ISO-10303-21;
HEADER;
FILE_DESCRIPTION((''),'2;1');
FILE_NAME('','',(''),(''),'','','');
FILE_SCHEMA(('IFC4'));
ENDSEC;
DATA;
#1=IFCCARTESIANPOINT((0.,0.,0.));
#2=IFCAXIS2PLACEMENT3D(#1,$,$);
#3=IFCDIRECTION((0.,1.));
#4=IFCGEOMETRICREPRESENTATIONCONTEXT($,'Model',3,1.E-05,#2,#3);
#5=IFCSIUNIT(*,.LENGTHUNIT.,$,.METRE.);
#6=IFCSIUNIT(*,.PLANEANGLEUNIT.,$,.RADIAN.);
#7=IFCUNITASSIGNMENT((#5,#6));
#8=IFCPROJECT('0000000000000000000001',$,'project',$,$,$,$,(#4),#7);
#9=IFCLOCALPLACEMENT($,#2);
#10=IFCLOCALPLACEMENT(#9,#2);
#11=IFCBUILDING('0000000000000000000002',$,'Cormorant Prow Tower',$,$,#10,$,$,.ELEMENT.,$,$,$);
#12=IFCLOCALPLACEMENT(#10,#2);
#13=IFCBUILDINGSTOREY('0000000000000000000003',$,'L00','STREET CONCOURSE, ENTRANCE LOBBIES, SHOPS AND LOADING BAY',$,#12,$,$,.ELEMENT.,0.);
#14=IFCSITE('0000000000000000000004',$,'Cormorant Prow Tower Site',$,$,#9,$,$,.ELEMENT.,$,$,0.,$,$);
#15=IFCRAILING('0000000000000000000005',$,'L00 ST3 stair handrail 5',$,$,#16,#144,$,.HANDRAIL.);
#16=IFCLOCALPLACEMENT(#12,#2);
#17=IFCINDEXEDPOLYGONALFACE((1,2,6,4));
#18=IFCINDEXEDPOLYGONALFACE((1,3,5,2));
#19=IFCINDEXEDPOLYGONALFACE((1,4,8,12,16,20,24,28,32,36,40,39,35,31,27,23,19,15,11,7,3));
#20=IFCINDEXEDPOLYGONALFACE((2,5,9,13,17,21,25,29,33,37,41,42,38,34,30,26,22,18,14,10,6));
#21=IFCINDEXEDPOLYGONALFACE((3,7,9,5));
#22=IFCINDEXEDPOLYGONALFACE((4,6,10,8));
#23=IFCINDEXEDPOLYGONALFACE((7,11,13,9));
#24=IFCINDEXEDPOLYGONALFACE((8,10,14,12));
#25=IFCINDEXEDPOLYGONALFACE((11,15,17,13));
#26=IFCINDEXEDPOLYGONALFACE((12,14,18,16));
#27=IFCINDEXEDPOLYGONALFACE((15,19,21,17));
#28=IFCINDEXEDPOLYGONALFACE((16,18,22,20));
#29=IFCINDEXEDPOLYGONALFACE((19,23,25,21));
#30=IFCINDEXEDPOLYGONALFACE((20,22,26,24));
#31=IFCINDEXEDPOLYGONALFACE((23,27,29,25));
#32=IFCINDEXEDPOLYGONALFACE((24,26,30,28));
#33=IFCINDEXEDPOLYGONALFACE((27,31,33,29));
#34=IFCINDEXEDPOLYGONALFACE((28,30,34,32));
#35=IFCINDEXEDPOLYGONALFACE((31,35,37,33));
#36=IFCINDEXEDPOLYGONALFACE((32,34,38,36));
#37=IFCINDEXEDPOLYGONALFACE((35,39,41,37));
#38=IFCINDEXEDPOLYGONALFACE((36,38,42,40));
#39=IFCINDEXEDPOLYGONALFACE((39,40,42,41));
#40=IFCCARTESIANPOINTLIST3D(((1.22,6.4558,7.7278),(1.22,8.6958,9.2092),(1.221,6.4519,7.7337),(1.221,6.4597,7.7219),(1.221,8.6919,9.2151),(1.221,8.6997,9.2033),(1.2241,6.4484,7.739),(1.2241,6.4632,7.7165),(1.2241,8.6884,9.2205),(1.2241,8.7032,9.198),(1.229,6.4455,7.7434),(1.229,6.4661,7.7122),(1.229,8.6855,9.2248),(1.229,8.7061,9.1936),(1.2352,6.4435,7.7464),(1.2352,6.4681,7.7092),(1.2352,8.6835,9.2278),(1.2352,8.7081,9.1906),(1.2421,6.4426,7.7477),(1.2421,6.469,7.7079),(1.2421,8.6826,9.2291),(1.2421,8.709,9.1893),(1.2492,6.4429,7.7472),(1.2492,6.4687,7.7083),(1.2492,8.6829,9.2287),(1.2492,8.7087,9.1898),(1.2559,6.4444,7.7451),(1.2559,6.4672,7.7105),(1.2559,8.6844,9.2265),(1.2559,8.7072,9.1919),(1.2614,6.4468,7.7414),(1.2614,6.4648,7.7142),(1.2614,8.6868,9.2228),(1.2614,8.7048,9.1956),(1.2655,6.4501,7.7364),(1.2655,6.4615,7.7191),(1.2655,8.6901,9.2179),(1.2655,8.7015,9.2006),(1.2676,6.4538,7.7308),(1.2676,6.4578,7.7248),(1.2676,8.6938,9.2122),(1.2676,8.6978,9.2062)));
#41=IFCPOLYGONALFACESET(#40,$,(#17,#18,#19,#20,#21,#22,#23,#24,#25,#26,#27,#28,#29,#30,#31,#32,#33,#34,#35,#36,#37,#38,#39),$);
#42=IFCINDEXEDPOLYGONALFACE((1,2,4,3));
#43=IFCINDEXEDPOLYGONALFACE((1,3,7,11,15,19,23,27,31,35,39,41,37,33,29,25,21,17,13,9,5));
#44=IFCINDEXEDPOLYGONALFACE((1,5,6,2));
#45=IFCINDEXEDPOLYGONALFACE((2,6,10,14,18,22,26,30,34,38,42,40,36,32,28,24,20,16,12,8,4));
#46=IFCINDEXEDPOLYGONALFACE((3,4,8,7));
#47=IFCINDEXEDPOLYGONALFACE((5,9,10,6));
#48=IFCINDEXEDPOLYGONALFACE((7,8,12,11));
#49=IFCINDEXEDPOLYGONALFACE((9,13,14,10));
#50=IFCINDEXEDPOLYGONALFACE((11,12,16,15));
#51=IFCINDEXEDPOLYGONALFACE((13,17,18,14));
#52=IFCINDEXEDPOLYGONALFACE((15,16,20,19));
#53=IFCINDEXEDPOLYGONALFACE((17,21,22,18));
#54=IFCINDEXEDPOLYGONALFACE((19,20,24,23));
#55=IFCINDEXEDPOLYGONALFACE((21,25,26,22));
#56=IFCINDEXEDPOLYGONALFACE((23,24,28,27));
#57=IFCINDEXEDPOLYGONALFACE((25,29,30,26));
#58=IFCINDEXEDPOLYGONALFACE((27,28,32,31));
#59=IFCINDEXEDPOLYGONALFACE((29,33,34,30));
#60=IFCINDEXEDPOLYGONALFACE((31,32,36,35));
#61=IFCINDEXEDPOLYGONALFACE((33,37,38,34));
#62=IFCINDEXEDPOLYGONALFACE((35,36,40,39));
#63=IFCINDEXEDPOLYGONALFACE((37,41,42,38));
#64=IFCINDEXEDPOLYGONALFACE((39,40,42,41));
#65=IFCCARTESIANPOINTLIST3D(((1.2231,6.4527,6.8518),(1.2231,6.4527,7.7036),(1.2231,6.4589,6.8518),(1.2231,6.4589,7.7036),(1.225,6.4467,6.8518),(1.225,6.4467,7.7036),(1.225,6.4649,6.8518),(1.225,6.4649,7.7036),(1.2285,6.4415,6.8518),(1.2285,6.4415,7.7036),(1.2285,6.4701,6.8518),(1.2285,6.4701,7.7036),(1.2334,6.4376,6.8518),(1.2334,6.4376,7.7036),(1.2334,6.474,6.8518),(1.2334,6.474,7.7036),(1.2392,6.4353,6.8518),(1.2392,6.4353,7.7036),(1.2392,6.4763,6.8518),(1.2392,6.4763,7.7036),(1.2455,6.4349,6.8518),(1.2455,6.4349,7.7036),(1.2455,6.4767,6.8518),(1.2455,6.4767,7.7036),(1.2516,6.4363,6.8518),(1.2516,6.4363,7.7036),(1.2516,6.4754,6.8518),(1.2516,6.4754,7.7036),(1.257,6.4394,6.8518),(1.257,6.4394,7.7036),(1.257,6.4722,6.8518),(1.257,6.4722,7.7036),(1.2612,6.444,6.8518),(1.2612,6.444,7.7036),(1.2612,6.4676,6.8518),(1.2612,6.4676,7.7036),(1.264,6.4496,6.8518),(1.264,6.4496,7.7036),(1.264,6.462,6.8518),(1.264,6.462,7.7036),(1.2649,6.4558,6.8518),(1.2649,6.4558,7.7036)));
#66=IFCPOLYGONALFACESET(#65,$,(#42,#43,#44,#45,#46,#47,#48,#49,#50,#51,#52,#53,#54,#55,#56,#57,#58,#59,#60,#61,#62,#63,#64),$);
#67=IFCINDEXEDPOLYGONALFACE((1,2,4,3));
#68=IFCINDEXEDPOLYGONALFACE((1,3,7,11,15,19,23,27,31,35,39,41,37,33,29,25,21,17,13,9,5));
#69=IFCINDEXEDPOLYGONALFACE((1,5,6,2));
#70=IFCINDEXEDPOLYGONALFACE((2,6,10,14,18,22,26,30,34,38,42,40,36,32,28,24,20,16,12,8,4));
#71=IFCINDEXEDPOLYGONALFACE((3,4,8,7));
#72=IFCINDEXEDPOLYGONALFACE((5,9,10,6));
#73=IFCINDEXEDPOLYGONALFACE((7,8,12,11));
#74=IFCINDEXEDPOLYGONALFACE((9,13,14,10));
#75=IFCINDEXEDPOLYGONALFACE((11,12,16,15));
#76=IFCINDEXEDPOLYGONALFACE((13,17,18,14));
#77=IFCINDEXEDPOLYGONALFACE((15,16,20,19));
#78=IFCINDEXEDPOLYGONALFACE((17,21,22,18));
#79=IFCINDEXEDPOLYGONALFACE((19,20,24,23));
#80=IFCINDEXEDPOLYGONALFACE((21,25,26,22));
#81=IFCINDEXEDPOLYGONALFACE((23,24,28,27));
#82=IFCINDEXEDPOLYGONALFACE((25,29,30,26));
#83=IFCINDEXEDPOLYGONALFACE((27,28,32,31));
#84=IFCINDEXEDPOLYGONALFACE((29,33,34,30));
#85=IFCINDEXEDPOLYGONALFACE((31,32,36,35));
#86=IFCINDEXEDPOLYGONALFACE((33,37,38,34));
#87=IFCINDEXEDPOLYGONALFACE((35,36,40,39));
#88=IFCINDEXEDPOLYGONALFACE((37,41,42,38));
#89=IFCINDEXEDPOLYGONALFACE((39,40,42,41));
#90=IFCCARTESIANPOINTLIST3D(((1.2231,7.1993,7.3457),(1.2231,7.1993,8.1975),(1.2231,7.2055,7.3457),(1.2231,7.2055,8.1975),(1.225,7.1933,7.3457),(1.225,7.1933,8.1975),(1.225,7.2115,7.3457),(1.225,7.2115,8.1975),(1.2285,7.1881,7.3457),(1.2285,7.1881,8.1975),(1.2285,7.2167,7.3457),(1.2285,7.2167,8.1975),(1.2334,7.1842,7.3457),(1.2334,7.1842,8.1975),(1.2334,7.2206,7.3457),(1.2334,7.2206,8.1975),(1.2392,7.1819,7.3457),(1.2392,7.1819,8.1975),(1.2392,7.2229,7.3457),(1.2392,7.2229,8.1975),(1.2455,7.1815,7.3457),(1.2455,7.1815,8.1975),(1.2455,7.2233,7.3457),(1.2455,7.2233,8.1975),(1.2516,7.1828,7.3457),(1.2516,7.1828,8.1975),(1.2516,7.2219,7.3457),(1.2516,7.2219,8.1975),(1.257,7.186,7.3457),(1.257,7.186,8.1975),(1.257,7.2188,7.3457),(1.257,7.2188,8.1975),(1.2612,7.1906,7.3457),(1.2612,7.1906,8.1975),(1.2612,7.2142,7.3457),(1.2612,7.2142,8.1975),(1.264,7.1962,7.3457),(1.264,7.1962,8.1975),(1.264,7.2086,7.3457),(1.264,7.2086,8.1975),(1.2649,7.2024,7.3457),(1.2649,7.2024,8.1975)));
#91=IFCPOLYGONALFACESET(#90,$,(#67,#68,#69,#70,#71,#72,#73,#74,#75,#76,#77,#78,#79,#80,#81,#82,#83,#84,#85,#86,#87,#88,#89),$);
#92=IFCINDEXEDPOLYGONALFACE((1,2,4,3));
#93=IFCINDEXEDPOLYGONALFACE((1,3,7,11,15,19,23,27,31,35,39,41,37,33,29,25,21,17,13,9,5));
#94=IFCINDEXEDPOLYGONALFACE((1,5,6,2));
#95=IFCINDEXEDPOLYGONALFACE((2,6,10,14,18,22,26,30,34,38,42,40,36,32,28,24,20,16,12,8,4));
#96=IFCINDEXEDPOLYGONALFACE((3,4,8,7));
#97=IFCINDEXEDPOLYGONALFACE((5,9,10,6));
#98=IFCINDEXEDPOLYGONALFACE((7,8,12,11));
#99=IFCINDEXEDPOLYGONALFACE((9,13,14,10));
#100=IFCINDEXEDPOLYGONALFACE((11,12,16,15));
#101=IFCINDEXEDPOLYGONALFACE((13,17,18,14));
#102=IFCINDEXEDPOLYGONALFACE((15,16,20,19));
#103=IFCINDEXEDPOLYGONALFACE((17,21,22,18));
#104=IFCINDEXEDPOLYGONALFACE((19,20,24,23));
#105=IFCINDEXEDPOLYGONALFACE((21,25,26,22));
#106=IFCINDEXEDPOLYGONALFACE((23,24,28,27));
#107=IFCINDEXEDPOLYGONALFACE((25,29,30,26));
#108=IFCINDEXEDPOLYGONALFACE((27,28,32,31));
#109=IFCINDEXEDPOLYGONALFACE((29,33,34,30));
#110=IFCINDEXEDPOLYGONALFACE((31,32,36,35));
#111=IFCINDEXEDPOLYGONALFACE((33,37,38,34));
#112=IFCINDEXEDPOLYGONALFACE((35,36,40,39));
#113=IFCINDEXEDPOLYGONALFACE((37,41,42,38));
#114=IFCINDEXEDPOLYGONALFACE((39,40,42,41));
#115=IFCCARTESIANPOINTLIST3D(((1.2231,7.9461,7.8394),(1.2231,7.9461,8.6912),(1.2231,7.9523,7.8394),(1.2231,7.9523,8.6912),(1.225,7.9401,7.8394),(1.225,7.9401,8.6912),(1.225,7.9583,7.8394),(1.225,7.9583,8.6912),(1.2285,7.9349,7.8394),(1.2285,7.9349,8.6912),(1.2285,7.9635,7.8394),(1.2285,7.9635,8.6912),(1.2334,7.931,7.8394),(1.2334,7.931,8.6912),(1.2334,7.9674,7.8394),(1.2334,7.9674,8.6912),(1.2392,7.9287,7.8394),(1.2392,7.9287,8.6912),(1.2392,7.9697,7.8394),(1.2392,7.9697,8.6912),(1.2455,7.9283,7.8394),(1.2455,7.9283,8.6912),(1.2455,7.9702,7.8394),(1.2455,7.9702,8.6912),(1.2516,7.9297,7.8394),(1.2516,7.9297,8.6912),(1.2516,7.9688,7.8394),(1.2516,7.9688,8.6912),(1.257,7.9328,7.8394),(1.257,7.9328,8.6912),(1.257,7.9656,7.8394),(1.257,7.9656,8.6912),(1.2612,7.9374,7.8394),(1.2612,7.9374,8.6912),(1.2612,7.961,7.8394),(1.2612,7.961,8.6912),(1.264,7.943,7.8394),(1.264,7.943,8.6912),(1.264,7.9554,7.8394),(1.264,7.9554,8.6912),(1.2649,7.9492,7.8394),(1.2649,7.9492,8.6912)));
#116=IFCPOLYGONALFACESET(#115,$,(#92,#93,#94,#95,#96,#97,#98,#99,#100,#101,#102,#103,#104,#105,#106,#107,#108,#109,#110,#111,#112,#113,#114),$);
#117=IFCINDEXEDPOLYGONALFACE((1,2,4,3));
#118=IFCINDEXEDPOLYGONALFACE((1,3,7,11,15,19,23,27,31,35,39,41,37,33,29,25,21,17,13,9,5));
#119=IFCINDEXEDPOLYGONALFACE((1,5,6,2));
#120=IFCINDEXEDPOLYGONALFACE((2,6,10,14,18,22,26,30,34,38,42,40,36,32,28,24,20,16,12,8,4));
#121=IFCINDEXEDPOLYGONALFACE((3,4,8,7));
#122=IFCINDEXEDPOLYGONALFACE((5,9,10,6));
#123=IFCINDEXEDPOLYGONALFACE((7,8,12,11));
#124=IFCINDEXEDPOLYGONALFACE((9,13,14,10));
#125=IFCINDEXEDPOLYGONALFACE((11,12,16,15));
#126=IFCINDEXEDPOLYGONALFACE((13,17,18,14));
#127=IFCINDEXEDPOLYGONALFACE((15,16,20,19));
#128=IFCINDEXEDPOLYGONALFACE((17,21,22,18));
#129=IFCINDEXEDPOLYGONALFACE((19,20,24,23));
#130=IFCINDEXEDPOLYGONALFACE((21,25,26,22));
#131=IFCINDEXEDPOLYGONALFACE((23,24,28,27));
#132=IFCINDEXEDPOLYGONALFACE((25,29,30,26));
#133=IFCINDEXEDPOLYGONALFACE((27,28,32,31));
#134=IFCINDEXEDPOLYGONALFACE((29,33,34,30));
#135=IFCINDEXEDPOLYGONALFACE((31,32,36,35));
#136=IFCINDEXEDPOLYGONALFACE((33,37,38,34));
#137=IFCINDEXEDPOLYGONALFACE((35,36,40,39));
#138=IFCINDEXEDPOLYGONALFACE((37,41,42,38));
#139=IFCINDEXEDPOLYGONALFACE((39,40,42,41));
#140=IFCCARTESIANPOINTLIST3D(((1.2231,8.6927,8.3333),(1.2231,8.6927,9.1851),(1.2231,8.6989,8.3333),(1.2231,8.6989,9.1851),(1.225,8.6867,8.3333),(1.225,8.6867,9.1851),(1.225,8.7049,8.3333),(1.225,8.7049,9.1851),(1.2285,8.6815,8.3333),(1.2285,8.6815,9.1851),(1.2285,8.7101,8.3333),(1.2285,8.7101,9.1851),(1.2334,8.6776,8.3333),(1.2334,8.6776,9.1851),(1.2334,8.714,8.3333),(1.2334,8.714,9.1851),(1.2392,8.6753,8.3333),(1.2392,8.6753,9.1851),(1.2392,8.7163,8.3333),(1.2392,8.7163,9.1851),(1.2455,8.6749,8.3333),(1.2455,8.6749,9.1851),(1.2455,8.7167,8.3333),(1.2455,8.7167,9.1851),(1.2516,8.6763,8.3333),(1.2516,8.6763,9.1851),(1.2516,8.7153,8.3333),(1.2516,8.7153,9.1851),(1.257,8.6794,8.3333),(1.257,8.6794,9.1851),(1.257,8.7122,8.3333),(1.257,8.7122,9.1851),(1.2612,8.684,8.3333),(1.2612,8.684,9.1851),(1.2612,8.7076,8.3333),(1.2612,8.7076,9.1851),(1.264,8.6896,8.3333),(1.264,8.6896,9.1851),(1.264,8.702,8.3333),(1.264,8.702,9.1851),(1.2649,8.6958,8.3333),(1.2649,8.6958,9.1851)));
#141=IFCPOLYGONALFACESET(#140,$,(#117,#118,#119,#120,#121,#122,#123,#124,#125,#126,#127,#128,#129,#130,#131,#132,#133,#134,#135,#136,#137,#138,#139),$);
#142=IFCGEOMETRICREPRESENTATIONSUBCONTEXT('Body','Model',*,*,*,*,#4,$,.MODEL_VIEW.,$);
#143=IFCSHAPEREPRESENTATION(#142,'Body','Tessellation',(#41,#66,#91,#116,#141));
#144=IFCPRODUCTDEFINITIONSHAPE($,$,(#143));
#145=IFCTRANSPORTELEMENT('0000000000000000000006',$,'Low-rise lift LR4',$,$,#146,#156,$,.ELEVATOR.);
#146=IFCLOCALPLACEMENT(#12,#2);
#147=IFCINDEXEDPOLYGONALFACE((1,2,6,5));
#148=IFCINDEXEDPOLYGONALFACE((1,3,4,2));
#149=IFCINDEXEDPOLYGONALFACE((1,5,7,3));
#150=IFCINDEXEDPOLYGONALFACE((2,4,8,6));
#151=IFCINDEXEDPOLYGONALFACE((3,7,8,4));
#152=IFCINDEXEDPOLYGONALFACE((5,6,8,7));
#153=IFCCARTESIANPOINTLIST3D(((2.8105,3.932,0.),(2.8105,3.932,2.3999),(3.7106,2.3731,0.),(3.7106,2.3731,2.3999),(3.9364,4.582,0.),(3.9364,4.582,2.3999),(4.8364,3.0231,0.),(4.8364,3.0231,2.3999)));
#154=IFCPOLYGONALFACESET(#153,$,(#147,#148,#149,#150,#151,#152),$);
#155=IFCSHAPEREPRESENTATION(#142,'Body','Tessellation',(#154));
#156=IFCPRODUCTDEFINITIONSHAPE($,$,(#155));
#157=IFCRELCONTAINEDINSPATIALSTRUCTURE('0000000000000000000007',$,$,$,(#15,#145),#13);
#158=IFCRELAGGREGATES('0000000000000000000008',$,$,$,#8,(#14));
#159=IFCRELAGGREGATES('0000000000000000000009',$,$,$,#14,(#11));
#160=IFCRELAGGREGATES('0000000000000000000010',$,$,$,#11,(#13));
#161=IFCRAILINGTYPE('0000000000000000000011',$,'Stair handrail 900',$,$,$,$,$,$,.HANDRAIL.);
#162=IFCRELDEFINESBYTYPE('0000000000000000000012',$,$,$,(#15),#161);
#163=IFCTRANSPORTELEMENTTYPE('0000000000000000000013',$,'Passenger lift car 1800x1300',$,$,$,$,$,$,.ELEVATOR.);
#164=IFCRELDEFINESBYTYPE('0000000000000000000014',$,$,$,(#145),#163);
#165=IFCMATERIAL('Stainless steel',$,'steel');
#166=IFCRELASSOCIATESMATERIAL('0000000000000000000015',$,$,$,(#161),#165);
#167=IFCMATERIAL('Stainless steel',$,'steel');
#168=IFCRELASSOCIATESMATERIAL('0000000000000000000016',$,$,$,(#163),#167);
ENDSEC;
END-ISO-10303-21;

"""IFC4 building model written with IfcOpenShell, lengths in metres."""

from ifc_helpers import new_model, si_unit, direction, frame, origin, origin_2d, place, context, subcontext, project, spatial, rectangle, circle, extrude, material, type_object, element, save


model = new_model("IFC4")

# Units and contexts
model_context = context("Model", 3, precision=1e-05, world=origin(), true_north=direction((0.0, 1.0)))
body_context = subcontext(model_context, "Body", "Model", "MODEL_VIEW")
ifc_project = project(units=[si_unit("LENGTHUNIT", "METRE"), si_unit("PLANEANGLEUNIT", "RADIAN")], contexts=[model_context])

# Site, building, storey
site_placement = place(None, origin())
site = spatial("IfcSite", under=ifc_project, at=site_placement, Name="Cormorant Prow Tower Site", CompositionType="ELEMENT", RefElevation=0.0)
building_placement = place(site_placement, origin())
building = spatial("IfcBuilding", under=site, at=building_placement, Name="Cormorant Prow Tower", CompositionType="ELEMENT")
storey_placement = place(building_placement, origin())
storey = spatial("IfcBuildingStorey", under=building, at=storey_placement, Name="L00", Description="STREET CONCOURSE, ENTRANCE LOBBIES, SHOPS AND LOADING BAY", CompositionType="ELEMENT", Elevation=0.0)

# Railing
ifc_material_1 = material(Name="Stainless steel", Category="steel")
railing_type_1 = type_object("IfcRailingType", Name="Stair handrail 900", PredefinedType="HANDRAIL", material=ifc_material_1)
for number, where, name in (
    (1, (1.2439, 6.4558, 6.8518), "L00 ST3 stair handrail 5"),
):
    element("IfcRailing", number, at=place(storey_placement, frame(where)), inside=storey, type_object=railing_type_1, Name=name, PredefinedType="HANDRAIL", context=body_context, shape_type="SweptSolid", body=[
        extrude(circle(Radius=0.0239, at=origin_2d()), frame((0.0, 0.0, 0.876), z_axis=(0.0, 0.834087, 0.551634), x_axis=(-1.0, 0.0, 0.0)), (0.0, 0.0, 1.0), 2.6855),
        extrude(circle(Radius=0.021, at=origin_2d()), origin(), (0.0, 0.0, 1.0), 0.8518),
        extrude(circle(Radius=0.021, at=origin_2d()), frame((0.0, 0.7466, 0.4939)), (0.0, 0.0, 1.0), 0.8518),
        extrude(circle(Radius=0.021, at=origin_2d()), frame((0.0, 1.4934, 0.9875)), (0.0, 0.0, 1.0), 0.8518),
        extrude(circle(Radius=0.021, at=origin_2d()), frame((0.0, 2.24, 1.4814)), (0.0, 0.0, 1.0), 0.8518),
    ])

# Transport element
ifc_material_2 = material(Name="Stainless steel", Category="steel")
transport_element_type = type_object("IfcTransportElementType", Name="Passenger lift car 1800x1300", PredefinedType="ELEVATOR", material=ifc_material_2)
transport_element_placement = place(storey_placement, frame((3.8235, 3.4775, 0.0), z_axis=(0.0, 0.0, 1.0), x_axis=(-0.5, 0.866025, 0.0)))
element("IfcTransportElement", 2, at=transport_element_placement, inside=storey, type_object=transport_element_type, Name="Low-rise lift LR4", PredefinedType="ELEVATOR", context=body_context, shape_type="SweptSolid", body=[
    extrude(rectangle(XDim=1.8, YDim=1.3, at=origin_2d()), origin(), (0.0, 0.0, 1.0), 2.3999),
])

save(model, "model.ifc")
